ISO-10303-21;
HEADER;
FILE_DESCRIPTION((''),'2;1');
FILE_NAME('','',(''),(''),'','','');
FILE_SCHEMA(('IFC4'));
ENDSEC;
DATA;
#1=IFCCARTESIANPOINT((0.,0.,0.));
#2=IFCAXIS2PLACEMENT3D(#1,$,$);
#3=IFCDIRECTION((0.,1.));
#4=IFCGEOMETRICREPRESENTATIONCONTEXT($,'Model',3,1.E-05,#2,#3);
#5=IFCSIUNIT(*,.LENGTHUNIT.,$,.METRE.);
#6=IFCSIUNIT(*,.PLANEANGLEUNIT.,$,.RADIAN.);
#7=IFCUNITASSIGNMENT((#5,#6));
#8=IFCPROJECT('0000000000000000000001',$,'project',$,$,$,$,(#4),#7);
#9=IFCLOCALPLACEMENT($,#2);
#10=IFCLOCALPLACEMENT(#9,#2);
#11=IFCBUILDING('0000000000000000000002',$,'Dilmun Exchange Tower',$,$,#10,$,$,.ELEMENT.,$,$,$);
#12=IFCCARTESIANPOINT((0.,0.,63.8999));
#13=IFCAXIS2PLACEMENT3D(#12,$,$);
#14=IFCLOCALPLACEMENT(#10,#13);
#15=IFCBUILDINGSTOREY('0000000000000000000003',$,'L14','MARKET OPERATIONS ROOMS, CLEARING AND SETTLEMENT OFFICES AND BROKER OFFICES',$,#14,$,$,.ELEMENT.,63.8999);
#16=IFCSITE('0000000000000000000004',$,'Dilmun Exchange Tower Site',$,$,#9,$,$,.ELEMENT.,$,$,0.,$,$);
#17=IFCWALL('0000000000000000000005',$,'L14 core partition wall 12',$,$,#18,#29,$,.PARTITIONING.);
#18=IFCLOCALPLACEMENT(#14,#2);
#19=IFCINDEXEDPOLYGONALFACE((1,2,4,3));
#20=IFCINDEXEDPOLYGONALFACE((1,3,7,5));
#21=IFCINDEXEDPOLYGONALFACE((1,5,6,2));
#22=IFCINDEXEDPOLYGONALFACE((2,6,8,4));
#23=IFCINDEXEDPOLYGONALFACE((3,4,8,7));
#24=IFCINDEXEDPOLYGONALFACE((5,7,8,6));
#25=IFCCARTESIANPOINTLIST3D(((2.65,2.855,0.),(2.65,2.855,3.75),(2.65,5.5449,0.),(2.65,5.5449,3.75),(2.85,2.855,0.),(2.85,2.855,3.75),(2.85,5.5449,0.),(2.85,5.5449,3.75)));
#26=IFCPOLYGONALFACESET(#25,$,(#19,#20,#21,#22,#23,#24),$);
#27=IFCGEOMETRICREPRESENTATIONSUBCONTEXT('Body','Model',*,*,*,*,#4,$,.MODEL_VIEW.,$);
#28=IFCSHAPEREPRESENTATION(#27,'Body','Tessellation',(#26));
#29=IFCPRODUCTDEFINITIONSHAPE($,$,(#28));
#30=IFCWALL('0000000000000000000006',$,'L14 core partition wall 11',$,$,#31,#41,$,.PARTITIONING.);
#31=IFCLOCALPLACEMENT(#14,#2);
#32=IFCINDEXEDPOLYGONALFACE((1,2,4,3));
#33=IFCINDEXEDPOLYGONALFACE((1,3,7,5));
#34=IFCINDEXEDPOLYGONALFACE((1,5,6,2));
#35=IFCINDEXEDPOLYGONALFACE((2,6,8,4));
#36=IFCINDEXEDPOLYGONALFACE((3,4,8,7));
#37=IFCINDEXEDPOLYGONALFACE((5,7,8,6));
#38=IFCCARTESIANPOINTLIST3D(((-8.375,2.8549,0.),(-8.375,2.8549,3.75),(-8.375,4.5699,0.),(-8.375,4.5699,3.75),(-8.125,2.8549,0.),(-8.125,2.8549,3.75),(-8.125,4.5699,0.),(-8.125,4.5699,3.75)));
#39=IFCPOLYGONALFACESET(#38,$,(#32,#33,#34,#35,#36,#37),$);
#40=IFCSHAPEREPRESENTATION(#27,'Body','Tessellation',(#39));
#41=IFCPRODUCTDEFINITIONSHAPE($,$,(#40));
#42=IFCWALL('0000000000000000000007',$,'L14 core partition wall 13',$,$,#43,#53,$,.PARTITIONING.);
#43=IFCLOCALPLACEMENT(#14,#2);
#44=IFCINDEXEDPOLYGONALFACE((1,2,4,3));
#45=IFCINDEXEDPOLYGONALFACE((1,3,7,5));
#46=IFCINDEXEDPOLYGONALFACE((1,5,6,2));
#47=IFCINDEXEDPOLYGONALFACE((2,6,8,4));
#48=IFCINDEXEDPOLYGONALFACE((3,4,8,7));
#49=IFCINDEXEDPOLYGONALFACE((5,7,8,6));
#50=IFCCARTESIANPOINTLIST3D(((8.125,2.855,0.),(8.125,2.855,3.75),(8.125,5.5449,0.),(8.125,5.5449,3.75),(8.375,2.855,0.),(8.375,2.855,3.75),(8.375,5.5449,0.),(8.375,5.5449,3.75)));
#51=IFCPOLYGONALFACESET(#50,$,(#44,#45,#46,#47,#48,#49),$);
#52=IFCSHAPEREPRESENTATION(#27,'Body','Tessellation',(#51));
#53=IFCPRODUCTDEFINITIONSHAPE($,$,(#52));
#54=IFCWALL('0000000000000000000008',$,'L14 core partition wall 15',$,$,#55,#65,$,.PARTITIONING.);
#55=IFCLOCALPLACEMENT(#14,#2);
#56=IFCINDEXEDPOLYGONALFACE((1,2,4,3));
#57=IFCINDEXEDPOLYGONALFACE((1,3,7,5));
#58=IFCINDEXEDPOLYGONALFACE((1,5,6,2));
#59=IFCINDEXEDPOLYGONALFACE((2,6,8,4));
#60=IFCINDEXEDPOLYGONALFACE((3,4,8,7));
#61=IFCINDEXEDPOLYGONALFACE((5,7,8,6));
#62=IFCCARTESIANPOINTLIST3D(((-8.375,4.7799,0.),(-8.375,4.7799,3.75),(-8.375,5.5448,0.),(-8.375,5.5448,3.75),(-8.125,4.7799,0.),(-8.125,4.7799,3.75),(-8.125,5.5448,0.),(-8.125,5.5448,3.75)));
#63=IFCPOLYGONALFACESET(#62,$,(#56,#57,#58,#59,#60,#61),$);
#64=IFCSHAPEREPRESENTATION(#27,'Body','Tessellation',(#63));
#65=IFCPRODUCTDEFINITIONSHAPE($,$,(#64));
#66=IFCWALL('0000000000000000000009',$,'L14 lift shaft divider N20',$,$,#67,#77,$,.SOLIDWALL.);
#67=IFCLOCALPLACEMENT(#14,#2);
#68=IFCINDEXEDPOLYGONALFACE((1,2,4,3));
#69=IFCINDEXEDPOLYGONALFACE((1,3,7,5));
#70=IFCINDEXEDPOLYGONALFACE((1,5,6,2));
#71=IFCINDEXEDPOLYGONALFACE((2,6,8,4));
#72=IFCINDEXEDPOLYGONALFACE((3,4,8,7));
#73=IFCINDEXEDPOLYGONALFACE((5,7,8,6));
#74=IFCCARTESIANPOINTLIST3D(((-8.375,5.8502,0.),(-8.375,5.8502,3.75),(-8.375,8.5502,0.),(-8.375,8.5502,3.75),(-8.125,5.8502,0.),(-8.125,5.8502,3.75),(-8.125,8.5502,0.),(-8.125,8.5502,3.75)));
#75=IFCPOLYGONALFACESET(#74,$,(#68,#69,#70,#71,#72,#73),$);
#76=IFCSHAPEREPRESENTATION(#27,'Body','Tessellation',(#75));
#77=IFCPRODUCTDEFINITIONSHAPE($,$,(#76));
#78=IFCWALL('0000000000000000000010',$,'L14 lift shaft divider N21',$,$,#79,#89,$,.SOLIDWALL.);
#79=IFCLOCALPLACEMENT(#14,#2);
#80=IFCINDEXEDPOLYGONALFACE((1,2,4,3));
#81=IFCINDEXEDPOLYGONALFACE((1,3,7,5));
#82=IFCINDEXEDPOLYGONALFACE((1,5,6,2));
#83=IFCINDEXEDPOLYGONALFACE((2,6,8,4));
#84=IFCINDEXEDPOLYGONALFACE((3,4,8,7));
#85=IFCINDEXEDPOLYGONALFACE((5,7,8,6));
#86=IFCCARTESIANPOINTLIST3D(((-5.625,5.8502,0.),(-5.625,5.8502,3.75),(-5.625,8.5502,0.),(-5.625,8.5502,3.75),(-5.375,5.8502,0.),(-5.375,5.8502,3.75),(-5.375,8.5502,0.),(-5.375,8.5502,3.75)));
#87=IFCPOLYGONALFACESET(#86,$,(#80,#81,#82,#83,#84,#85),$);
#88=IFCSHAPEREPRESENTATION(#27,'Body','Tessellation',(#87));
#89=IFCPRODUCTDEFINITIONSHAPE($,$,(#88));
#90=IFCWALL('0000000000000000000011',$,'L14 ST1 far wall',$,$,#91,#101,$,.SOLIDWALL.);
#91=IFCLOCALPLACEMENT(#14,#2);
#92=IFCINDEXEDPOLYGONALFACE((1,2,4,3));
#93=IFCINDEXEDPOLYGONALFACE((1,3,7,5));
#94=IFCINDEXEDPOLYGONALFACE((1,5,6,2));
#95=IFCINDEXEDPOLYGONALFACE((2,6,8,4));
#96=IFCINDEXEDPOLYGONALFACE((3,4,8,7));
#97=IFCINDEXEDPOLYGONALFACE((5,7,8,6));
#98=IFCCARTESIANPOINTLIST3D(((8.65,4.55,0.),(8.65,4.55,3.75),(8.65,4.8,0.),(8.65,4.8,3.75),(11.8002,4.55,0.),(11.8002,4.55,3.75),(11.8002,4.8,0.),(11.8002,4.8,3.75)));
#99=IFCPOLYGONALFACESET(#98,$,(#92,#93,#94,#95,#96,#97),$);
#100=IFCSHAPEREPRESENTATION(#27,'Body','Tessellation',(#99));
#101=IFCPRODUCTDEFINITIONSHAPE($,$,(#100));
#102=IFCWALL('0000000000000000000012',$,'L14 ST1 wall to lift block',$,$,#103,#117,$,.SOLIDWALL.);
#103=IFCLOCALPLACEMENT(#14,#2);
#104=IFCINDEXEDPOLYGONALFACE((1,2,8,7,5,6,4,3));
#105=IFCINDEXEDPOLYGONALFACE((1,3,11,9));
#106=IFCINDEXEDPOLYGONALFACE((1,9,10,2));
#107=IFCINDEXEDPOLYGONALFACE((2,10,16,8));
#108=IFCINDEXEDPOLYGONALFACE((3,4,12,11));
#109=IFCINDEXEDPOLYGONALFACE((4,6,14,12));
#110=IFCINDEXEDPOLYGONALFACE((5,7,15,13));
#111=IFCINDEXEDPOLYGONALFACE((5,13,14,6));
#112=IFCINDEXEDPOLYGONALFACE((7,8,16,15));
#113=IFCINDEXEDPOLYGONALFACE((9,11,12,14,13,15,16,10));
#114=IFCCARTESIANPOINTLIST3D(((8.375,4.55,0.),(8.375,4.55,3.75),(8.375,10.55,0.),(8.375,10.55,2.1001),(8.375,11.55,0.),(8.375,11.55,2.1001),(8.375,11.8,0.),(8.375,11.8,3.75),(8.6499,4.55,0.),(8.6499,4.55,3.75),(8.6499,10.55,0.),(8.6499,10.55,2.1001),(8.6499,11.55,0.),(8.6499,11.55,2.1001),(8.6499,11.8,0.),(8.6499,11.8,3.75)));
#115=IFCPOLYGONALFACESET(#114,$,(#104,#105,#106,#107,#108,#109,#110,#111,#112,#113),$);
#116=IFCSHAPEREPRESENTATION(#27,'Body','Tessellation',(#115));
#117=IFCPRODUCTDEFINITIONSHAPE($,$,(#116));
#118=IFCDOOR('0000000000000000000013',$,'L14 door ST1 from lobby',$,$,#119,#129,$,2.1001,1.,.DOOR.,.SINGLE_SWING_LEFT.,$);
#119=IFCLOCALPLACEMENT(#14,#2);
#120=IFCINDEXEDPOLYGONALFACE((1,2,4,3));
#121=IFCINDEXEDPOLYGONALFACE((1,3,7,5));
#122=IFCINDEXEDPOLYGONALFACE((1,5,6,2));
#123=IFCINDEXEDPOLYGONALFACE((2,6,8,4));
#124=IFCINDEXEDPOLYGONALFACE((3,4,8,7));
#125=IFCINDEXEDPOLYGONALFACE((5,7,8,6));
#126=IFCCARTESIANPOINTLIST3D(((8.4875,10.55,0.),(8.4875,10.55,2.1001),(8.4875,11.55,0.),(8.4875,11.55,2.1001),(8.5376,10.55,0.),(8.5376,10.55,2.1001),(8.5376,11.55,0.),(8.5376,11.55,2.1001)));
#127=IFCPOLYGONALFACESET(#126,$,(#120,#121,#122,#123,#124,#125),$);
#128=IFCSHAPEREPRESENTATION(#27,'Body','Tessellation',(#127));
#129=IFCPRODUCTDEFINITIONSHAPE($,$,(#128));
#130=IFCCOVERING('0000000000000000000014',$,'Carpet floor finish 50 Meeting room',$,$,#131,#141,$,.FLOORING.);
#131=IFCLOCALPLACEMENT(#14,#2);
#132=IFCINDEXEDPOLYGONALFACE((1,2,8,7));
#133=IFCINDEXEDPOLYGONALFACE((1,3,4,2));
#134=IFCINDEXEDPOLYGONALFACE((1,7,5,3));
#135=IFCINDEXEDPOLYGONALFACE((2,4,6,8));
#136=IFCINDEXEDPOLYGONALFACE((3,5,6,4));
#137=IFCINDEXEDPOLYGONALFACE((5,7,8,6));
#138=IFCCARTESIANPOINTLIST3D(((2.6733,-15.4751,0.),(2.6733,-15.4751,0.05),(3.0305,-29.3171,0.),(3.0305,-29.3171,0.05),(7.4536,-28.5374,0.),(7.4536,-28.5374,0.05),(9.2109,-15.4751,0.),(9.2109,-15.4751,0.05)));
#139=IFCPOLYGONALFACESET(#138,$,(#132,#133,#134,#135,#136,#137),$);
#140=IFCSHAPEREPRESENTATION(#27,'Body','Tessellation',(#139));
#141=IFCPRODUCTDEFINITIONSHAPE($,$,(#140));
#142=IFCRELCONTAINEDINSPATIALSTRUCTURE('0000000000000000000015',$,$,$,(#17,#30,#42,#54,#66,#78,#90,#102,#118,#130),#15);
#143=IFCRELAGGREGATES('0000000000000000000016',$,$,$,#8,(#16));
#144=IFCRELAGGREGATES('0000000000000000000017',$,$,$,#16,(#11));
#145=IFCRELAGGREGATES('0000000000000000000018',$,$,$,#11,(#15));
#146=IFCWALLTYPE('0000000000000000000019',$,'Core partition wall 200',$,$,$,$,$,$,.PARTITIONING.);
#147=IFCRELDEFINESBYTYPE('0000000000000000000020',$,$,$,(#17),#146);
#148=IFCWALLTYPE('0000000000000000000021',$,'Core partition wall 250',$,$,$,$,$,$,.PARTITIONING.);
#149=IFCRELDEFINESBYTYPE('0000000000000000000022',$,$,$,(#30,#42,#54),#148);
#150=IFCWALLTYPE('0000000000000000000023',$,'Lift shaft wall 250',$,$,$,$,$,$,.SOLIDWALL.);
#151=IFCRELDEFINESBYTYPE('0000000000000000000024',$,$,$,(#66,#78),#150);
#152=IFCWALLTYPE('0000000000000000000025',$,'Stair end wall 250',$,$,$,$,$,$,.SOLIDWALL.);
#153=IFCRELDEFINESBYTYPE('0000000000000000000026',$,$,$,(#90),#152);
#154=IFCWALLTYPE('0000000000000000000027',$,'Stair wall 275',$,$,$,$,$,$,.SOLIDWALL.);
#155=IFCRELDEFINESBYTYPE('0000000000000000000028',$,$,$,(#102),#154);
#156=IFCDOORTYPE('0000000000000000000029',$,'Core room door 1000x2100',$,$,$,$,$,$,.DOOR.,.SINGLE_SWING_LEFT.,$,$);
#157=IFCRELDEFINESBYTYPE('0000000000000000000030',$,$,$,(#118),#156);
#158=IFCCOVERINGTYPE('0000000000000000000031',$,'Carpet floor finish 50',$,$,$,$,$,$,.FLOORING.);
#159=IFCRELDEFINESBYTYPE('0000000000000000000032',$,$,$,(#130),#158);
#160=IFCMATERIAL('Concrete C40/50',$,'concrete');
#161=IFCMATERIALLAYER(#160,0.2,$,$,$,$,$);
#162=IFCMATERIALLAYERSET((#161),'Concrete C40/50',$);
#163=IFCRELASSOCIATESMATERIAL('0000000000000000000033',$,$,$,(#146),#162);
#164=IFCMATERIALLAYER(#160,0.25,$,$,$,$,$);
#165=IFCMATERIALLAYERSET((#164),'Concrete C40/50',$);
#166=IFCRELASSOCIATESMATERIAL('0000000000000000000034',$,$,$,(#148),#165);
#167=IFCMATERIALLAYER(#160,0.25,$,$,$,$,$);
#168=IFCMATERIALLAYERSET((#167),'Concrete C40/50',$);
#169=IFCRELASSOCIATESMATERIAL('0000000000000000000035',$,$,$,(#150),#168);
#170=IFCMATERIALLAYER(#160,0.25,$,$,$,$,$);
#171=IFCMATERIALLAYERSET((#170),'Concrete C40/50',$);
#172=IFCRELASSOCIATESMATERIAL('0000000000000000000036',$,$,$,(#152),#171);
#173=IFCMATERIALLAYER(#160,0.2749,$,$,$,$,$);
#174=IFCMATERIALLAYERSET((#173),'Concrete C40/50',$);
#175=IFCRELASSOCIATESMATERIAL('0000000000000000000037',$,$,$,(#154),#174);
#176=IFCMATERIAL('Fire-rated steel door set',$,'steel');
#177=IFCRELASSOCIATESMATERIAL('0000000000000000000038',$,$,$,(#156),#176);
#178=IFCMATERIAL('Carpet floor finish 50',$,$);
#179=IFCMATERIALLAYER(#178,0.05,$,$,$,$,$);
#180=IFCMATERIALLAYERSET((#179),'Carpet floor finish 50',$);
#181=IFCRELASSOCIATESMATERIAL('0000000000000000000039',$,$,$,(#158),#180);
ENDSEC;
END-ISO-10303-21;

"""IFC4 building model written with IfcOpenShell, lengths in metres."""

from ifc_helpers import new_model, si_unit, direction, frame, frame_2d, origin, place, context, subcontext, project, spatial, polyline, rectangle, outline, extrude, material, layer, layer_set, type_object, element, fill, save


model = new_model("IFC4")

# Units and contexts
model_context = context("Model", 3, precision=1e-05, world=origin(), true_north=direction((0.0, 1.0)))
body_context = subcontext(model_context, "Body", "Model", "MODEL_VIEW")
ifc_project = project(units=[si_unit("LENGTHUNIT", "METRE"), si_unit("PLANEANGLEUNIT", "RADIAN")], contexts=[model_context])

# Site, building, storey
site_placement = place(None, origin())
site = spatial("IfcSite", under=ifc_project, at=site_placement, Name="Dilmun Exchange Tower Site", CompositionType="ELEMENT", RefElevation=0.0)
building_placement = place(site_placement, origin())
building = spatial("IfcBuilding", under=site, at=building_placement, Name="Dilmun Exchange Tower", CompositionType="ELEMENT")
storey_placement = place(building_placement, frame((0.0, 0.0, 63.8999)))
storey = spatial("IfcBuildingStorey", under=building, at=storey_placement, Name="L14", Description="MARKET OPERATIONS ROOMS, CLEARING AND SETTLEMENT OFFICES AND BROKER OFFICES", CompositionType="ELEMENT", Elevation=63.8999)

# Walls
ifc_material_1 = material(Name="Concrete C40/50", Category="concrete")
ifc_layer_1 = layer(ifc_material_1, 0.2)
ifc_layer_set_1 = layer_set([ifc_layer_1], Name="Concrete C40/50")
wall_type_1 = type_object("IfcWallType", Name="Core partition wall 200", PredefinedType="PARTITIONING", material=ifc_layer_set_1)
wall_1_placement = place(storey_placement, frame((2.75, 2.855, 0.0), z_axis=(0.0, 0.0, 1.0), x_axis=(0.0, 1.0, 0.0)))
element("IfcWall", 1, at=wall_1_placement, inside=storey, type_object=wall_type_1, Name="L14 core partition wall 12", PredefinedType="PARTITIONING", context=body_context, shape_type="SweptSolid", body=[
    extrude(rectangle(XDim=2.6899, YDim=0.2, at=frame_2d((1.345, 0.0))), origin(), (0.0, 0.0, 1.0), 3.75),
])
ifc_layer_2 = layer(ifc_material_1, 0.25)
ifc_layer_set_2 = layer_set([ifc_layer_2], Name="Concrete C40/50")
wall_type_2 = type_object("IfcWallType", Name="Core partition wall 250", PredefinedType="PARTITIONING", material=ifc_layer_set_2)
wall_2_placement = place(storey_placement, frame((-8.25, 2.855, 0.0), z_axis=(0.0, 0.0, 1.0), x_axis=(0.0, 1.0, 0.0)))
element("IfcWall", 2, at=wall_2_placement, inside=storey, type_object=wall_type_2, Name="L14 core partition wall 11", PredefinedType="PARTITIONING", context=body_context, shape_type="SweptSolid", body=[
    extrude(rectangle(XDim=1.7151, YDim=0.25, at=frame_2d((0.8574, 0.0))), origin(), (0.0, 0.0, 1.0), 3.75),
])
wall_3_placement = place(storey_placement, frame((8.25, 2.855, 0.0), z_axis=(0.0, 0.0, 1.0), x_axis=(0.0, 1.0, 0.0)))
element("IfcWall", 3, at=wall_3_placement, inside=storey, type_object=wall_type_2, Name="L14 core partition wall 13", PredefinedType="PARTITIONING", context=body_context, shape_type="SweptSolid", body=[
    extrude(rectangle(XDim=2.6899, YDim=0.25, at=frame_2d((1.345, 0.0))), origin(), (0.0, 0.0, 1.0), 3.75),
])
wall_4_placement = place(storey_placement, frame((-8.25, 4.78, 0.0), z_axis=(0.0, 0.0, 1.0), x_axis=(0.0, 1.0, 0.0)))
element("IfcWall", 4, at=wall_4_placement, inside=storey, type_object=wall_type_2, Name="L14 core partition wall 15", PredefinedType="PARTITIONING", context=body_context, shape_type="SweptSolid", body=[
    extrude(rectangle(XDim=0.7649, YDim=0.25, at=frame_2d((0.3823, 0.0))), origin(), (0.0, 0.0, 1.0), 3.75),
])
ifc_layer_3 = layer(ifc_material_1, 0.25)
ifc_layer_set_3 = layer_set([ifc_layer_3], Name="Concrete C40/50")
wall_type_3 = type_object("IfcWallType", Name="Lift shaft wall 250", PredefinedType="SOLIDWALL", material=ifc_layer_set_3)
for number, where, z_axis, x_axis, name in (
    (5, (-8.25, 5.8501, 0.0), (0.0, 0.0, 1.0), (0.0, 1.0, 0.0), "L14 lift shaft divider N20"),
    (6, (-5.5, 5.8501, 0.0), (0.0, 0.0, 1.0), (0.0, 1.0, 0.0), "L14 lift shaft divider N21"),
):
    element("IfcWall", number, at=place(storey_placement, frame(where, z_axis=z_axis, x_axis=x_axis)), inside=storey, type_object=wall_type_3, Name=name, PredefinedType="SOLIDWALL", context=body_context, shape_type="SweptSolid", body=[
        extrude(rectangle(XDim=2.7, YDim=0.25, at=frame_2d((1.3501, 0.0))), origin(), (0.0, 0.0, 1.0), 3.75),
    ])
ifc_layer_4 = layer(ifc_material_1, 0.25)
ifc_layer_set_4 = layer_set([ifc_layer_4], Name="Concrete C40/50")
wall_type_4 = type_object("IfcWallType", Name="Stair end wall 250", PredefinedType="SOLIDWALL", material=ifc_layer_set_4)
wall_5_placement = place(storey_placement, frame((8.6499, 4.675, 0.0), z_axis=(0.0, 0.0, 1.0), x_axis=(1.0, 0.0, 0.0)))
element("IfcWall", 7, at=wall_5_placement, inside=storey, type_object=wall_type_4, Name="L14 ST1 far wall", PredefinedType="SOLIDWALL", context=body_context, shape_type="SweptSolid", body=[
    extrude(rectangle(XDim=3.1501, YDim=0.25, at=frame_2d((1.5752, 0.0))), origin(), (0.0, 0.0, 1.0), 3.75),
])

# Wall, opening, door
ifc_layer_5 = layer(ifc_material_1, 0.2749)
ifc_layer_set_5 = layer_set([ifc_layer_5], Name="Concrete C40/50")
wall_type_5 = type_object("IfcWallType", Name="Stair wall 275", PredefinedType="SOLIDWALL", material=ifc_layer_set_5)
wall_6_placement = place(storey_placement, frame((8.5125, 4.55, 0.0), z_axis=(0.0, 0.0, 1.0), x_axis=(0.0, 1.0, 0.0)))
wall_6 = element("IfcWall", 8, at=wall_6_placement, inside=storey, type_object=wall_type_5, Name="L14 ST1 wall to lift block", PredefinedType="SOLIDWALL", context=body_context, shape_type="SweptSolid", body=[
    extrude(rectangle(XDim=7.25, YDim=0.2749, at=frame_2d((3.625, 0.0))), origin(), (0.0, 0.0, 1.0), 3.75),
])
opening_placement = place(wall_6_placement, frame((6.0, 0.0, 0.0)))
opening = element("IfcOpeningElement", 9, at=opening_placement, cuts=wall_6, PredefinedType="OPENING", context=body_context, shape_type="SweptSolid", body=[
    extrude(rectangle(XDim=1.0, YDim=2.1001, at=frame_2d((0.5, 1.05))), frame((0.0, 0.1475, 0.0), z_axis=(0.0, -1.0, 0.0), x_axis=(1.0, 0.0, 0.0)), (0.0, 0.0, 1.0), 0.2949),
])
ifc_material_2 = material(Name="Fire-rated steel door set", Category="steel")
door_type = type_object("IfcDoorType", Name="Core room door 1000x2100", OperationType="SINGLE_SWING_LEFT", PredefinedType="DOOR", material=ifc_material_2)
door_placement = place(opening_placement, origin())
door = element("IfcDoor", 10, at=door_placement, inside=storey, type_object=door_type, Name="L14 door ST1 from lobby", OperationType="SINGLE_SWING_LEFT", OverallHeight=2.1001, OverallWidth=1.0, PredefinedType="DOOR", context=body_context, shape_type="SweptSolid", body=[
    extrude(rectangle(XDim=1.0, YDim=2.1001, at=frame_2d((0.5, 1.05))), frame((0.0, 0.0249, 0.0), z_axis=(0.0, -1.0, 0.0), x_axis=(1.0, 0.0, 0.0)), (0.0, 0.0, 1.0), 0.05),
])
fill(opening, door)

# Covering
ifc_material_3 = material(Name="Carpet floor finish 50")
ifc_layer_6 = layer(ifc_material_3, 0.05)
ifc_layer_set_6 = layer_set([ifc_layer_6], Name="Carpet floor finish 50")
covering_type_1 = type_object("IfcCoveringType", Name="Carpet floor finish 50", PredefinedType="FLOORING", material=ifc_layer_set_6)
covering_1_placement = place(storey_placement, origin())
element("IfcCovering", 11, at=covering_1_placement, inside=storey, type_object=covering_type_1, Name="Carpet floor finish 50 Meeting room", PredefinedType="FLOORING", context=body_context, shape_type="SweptSolid", body=[
    extrude(outline(polyline([(2.6733, -15.4751), (9.2109, -15.4751), (7.4536, -28.5374), (3.0305, -29.3171), (2.6733, -15.4751)])), origin(), (0.0, 0.0, 1.0), 0.05),
])

save(model, "model.ifc")
